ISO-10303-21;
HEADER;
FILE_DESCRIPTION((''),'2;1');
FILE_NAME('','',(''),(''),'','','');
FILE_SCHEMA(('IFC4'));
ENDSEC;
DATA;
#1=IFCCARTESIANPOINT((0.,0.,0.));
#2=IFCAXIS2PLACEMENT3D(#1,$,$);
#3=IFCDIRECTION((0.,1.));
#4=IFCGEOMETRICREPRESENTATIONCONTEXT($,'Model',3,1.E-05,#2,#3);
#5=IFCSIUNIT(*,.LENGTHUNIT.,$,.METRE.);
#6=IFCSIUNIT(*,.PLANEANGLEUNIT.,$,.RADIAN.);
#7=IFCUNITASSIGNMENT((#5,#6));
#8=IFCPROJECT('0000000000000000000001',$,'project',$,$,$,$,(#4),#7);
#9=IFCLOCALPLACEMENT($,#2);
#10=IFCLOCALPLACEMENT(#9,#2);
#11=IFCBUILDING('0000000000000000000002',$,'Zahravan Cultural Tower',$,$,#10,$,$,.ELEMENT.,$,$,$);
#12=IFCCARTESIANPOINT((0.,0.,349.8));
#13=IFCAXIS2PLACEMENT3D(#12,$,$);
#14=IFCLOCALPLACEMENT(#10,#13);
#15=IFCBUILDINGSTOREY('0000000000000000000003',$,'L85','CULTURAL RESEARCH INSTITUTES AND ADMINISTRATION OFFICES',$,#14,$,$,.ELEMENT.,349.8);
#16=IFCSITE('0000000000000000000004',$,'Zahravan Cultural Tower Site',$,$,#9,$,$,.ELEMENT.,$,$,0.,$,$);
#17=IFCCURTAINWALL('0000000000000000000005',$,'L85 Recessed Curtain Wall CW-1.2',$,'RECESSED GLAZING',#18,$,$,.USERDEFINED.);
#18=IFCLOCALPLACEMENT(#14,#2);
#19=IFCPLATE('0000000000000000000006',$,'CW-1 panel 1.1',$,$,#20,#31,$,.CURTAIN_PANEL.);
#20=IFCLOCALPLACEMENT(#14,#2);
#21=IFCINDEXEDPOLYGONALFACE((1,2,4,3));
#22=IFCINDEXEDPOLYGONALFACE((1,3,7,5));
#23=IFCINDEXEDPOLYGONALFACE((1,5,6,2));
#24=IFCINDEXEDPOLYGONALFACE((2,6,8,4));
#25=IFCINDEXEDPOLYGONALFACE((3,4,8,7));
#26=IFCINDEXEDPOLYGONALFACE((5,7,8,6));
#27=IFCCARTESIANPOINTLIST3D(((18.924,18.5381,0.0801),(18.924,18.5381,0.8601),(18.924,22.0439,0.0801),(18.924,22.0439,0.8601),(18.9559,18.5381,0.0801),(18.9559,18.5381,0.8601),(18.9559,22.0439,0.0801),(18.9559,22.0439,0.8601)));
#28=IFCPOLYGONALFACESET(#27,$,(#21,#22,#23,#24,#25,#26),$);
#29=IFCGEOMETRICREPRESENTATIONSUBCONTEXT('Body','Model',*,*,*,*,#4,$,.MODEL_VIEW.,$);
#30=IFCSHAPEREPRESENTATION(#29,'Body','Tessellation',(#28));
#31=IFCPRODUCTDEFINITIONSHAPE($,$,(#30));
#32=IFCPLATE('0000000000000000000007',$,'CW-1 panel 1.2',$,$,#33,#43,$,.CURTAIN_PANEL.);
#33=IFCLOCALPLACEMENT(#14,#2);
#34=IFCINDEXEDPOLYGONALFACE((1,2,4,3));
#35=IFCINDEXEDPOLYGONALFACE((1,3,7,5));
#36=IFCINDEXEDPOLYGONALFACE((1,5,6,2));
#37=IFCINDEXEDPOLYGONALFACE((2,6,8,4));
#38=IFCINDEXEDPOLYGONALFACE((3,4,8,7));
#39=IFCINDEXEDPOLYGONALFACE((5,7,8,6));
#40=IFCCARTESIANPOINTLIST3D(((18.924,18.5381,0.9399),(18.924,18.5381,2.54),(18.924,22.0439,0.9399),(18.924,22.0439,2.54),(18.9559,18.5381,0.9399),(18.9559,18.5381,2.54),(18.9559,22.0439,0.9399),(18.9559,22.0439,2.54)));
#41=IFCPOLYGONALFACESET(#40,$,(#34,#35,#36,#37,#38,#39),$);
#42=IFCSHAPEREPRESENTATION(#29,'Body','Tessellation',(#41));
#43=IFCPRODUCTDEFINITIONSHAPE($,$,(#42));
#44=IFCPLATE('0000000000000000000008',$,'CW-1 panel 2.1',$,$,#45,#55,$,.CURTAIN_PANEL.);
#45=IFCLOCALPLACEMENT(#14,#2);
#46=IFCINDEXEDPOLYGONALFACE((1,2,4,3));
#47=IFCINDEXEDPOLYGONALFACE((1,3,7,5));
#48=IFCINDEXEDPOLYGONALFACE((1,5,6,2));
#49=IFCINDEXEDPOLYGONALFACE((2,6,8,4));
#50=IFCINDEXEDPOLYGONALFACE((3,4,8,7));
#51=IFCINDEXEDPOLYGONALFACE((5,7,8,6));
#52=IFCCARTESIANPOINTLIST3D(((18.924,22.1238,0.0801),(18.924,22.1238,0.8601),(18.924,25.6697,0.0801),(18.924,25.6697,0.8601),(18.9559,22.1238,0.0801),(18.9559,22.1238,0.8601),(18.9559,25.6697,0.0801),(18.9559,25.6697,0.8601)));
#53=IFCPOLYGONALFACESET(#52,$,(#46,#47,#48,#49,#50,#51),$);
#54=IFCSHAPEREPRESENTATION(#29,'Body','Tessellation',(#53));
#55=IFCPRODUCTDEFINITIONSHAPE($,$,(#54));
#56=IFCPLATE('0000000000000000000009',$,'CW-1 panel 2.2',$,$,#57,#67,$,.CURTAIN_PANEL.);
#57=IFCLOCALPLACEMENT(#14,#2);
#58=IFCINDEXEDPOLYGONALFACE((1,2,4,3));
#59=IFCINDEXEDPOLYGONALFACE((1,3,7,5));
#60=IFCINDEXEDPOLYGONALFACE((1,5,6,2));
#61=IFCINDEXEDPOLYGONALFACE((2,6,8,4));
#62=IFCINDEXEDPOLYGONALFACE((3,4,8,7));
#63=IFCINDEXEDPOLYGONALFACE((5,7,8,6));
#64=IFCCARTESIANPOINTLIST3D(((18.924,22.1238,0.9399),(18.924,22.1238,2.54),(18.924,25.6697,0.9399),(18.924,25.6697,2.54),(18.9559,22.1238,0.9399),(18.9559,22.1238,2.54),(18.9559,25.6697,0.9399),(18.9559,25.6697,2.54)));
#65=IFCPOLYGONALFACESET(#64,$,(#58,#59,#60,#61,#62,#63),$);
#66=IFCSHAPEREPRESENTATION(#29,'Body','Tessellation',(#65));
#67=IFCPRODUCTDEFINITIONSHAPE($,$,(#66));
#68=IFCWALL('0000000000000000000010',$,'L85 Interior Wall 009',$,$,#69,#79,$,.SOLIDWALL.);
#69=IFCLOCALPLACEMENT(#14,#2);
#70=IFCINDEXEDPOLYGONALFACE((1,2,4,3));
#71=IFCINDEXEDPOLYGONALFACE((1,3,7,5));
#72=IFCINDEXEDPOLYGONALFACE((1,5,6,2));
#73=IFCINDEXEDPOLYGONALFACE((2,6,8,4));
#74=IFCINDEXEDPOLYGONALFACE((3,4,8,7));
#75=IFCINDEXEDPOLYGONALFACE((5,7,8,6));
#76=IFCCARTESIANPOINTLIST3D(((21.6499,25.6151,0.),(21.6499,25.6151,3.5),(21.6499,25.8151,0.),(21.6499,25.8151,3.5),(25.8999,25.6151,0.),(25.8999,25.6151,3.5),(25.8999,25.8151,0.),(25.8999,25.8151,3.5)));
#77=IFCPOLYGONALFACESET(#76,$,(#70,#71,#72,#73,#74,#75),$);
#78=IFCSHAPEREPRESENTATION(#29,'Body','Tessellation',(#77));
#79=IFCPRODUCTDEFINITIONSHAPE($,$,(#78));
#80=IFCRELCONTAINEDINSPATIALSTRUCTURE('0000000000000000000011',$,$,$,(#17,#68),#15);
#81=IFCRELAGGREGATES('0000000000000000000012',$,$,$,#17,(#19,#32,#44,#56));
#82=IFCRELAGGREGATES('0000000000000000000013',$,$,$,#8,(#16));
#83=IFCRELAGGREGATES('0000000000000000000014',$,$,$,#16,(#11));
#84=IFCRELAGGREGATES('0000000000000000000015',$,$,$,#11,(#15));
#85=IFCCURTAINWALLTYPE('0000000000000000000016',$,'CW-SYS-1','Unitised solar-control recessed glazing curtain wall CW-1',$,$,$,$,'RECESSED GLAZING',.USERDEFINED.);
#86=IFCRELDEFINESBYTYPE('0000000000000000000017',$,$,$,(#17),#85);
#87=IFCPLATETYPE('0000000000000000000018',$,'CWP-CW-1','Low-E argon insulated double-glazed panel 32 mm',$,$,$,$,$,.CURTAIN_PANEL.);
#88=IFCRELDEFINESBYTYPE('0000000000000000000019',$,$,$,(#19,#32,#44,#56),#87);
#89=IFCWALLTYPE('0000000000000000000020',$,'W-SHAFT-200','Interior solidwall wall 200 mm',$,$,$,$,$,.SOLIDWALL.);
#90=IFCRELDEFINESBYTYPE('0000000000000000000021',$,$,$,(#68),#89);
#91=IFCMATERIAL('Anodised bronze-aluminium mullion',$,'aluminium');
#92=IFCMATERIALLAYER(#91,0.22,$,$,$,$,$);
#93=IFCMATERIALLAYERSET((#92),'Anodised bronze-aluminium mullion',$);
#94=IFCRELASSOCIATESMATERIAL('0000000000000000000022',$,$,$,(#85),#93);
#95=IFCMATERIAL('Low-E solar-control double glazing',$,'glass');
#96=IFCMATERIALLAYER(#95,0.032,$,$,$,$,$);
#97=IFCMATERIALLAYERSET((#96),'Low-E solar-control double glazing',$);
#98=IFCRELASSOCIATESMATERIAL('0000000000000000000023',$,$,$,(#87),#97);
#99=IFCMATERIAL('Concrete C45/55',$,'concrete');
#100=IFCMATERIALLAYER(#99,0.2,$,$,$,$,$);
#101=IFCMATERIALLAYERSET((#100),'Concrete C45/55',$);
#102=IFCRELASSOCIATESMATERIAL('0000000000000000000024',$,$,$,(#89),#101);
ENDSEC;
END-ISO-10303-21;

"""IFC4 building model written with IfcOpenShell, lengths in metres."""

from ifc_helpers import new_model, si_unit, direction, frame, frame_2d, origin, origin_2d, place, context, subcontext, project, spatial, rectangle, extrude, source, transform, mapped, material, layer, layer_set, type_object, element, aggregate, save


model = new_model("IFC4")

# Units and contexts
model_context = context("Model", 3, precision=1e-05, world=origin(), true_north=direction((0.0, 1.0)))
body_context = subcontext(model_context, "Body", "Model", "MODEL_VIEW")
ifc_project = project(units=[si_unit("LENGTHUNIT", "METRE"), si_unit("PLANEANGLEUNIT", "RADIAN")], contexts=[model_context])

# Site, building, storey
site_placement = place(None, origin())
site = spatial("IfcSite", under=ifc_project, at=site_placement, Name="Zahravan Cultural Tower Site", CompositionType="ELEMENT", RefElevation=0.0)
building_placement = place(site_placement, origin())
building = spatial("IfcBuilding", under=site, at=building_placement, Name="Zahravan Cultural Tower", CompositionType="ELEMENT")
storey_placement = place(building_placement, frame((0.0, 0.0, 349.8)))
storey = spatial("IfcBuildingStorey", under=building, at=storey_placement, Name="L85", Description="CULTURAL RESEARCH INSTITUTES AND ADMINISTRATION OFFICES", CompositionType="ELEMENT", Elevation=349.8)

# Curtain wall, plates
ifc_material_1 = material(Name="Anodised bronze-aluminium mullion", Category="aluminium")
ifc_layer_1 = layer(ifc_material_1, 0.22)
ifc_layer_set_1 = layer_set([ifc_layer_1], Name="Anodised bronze-aluminium mullion")
curtain_wall_type = type_object("IfcCurtainWallType", Name="CW-SYS-1", Description="Unitised solar-control recessed glazing curtain wall CW-1", ElementType="RECESSED GLAZING", PredefinedType="USERDEFINED", material=ifc_layer_set_1)
curtain_wall_placement = place(storey_placement, origin())
curtain_wall = element("IfcCurtainWall", 1, at=curtain_wall_placement, inside=storey, type_object=curtain_wall_type, Name="L85 Recessed Curtain Wall CW-1.2", ObjectType="RECESSED GLAZING", PredefinedType="USERDEFINED")
ifc_material_2 = material(Name="Low-E solar-control double glazing", Category="glass")
ifc_layer_2 = layer(ifc_material_2, 0.032)
ifc_layer_set_2 = layer_set([ifc_layer_2], Name="Low-E solar-control double glazing")
plate_type = type_object("IfcPlateType", Name="CWP-CW-1", Description="Low-E argon insulated double-glazed panel 32 mm", PredefinedType="CURTAIN_PANEL", material=ifc_layer_set_2)
shared_shape_1 = source(origin(), body_context, "Body", "SweptSolid", [
    extrude(rectangle(XDim=3.5059, YDim=0.032, at=origin_2d()), origin(), (0.0, 0.0, 1.0), 0.78),
])
plate_1_placement = place(storey_placement, frame((18.9399, 20.291, 0.0801), z_axis=(0.0, 0.0, 1.0), x_axis=(0.0, 1.0, 0.0)))
plate_1 = element("IfcPlate", 2, at=plate_1_placement, type_object=plate_type, Name="CW-1 panel 1.1", PredefinedType="CURTAIN_PANEL", context=body_context, shape_type="MappedRepresentation", body=[
    mapped(shared_shape_1, transform((0.0, 0.0, 0.0), x_axis=(1.0, 0.0, 0.0), y_axis=(0.0, 1.0, 0.0), z_axis=(0.0, 0.0, 1.0), scale=1.0)),
])
shared_shape_2 = source(origin(), body_context, "Body", "SweptSolid", [
    extrude(rectangle(XDim=3.5059, YDim=0.032, at=origin_2d()), origin(), (0.0, 0.0, 1.0), 1.6001),
])
plate_2_placement = place(storey_placement, frame((18.9399, 20.291, 0.9399), z_axis=(0.0, 0.0, 1.0), x_axis=(0.0, 1.0, 0.0)))
plate_2 = element("IfcPlate", 3, at=plate_2_placement, type_object=plate_type, Name="CW-1 panel 1.2", PredefinedType="CURTAIN_PANEL", context=body_context, shape_type="MappedRepresentation", body=[
    mapped(shared_shape_2, transform((0.0, 0.0, 0.0), x_axis=(1.0, 0.0, 0.0), y_axis=(0.0, 1.0, 0.0), z_axis=(0.0, 0.0, 1.0), scale=1.0)),
])
shared_shape_3 = source(origin(), body_context, "Body", "SweptSolid", [
    extrude(rectangle(XDim=3.5459, YDim=0.032, at=origin_2d()), origin(), (0.0, 0.0, 1.0), 0.78),
])
plate_3_placement = place(storey_placement, frame((18.9399, 23.8967, 0.0801), z_axis=(0.0, 0.0, 1.0), x_axis=(0.0, 1.0, 0.0)))
plate_3 = element("IfcPlate", 4, at=plate_3_placement, type_object=plate_type, Name="CW-1 panel 2.1", PredefinedType="CURTAIN_PANEL", context=body_context, shape_type="MappedRepresentation", body=[
    mapped(shared_shape_3, transform((0.0, 0.0, 0.0), x_axis=(1.0, 0.0, 0.0), y_axis=(0.0, 1.0, 0.0), z_axis=(0.0, 0.0, 1.0), scale=1.0)),
])
shared_shape_4 = source(origin(), body_context, "Body", "SweptSolid", [
    extrude(rectangle(XDim=3.5459, YDim=0.032, at=origin_2d()), origin(), (0.0, 0.0, 1.0), 1.6001),
])
plate_4_placement = place(storey_placement, frame((18.9399, 23.8967, 0.9399), z_axis=(0.0, 0.0, 1.0), x_axis=(0.0, 1.0, 0.0)))
plate_4 = element("IfcPlate", 5, at=plate_4_placement, type_object=plate_type, Name="CW-1 panel 2.2", PredefinedType="CURTAIN_PANEL", context=body_context, shape_type="MappedRepresentation", body=[
    mapped(shared_shape_4, transform((0.0, 0.0, 0.0), x_axis=(1.0, 0.0, 0.0), y_axis=(0.0, 1.0, 0.0), z_axis=(0.0, 0.0, 1.0), scale=1.0)),
])
aggregate(curtain_wall, [plate_1, plate_2, plate_3, plate_4])

# Wall
ifc_material_3 = material(Name="Concrete C45/55", Category="concrete")
ifc_layer_3 = layer(ifc_material_3, 0.2)
ifc_layer_set_3 = layer_set([ifc_layer_3], Name="Concrete C45/55")
wall_type_1 = type_object("IfcWallType", Name="W-SHAFT-200", Description="Interior solidwall wall 200 mm", PredefinedType="SOLIDWALL", material=ifc_layer_set_3)
shared_shape_5 = source(origin(), body_context, "Body", "SweptSolid", [
    extrude(rectangle(XDim=4.25, YDim=0.2, at=frame_2d((2.125, 0.0))), origin(), (0.0, 0.0, 1.0), 3.5),
])
wall_1_placement = place(storey_placement, frame((21.6499, 25.7151, 0.0), z_axis=(0.0, 0.0, 1.0), x_axis=(1.0, 0.0, 0.0)))
element("IfcWall", 6, at=wall_1_placement, inside=storey, type_object=wall_type_1, Name="L85 Interior Wall 009", PredefinedType="SOLIDWALL", context=body_context, shape_type="MappedRepresentation", body=[
    mapped(shared_shape_5, transform((0.0, 0.0, 0.0), x_axis=(1.0, 0.0, 0.0), y_axis=(0.0, 1.0, 0.0), z_axis=(0.0, 0.0, 1.0), scale=1.0)),
])

save(model, "model.ifc")
